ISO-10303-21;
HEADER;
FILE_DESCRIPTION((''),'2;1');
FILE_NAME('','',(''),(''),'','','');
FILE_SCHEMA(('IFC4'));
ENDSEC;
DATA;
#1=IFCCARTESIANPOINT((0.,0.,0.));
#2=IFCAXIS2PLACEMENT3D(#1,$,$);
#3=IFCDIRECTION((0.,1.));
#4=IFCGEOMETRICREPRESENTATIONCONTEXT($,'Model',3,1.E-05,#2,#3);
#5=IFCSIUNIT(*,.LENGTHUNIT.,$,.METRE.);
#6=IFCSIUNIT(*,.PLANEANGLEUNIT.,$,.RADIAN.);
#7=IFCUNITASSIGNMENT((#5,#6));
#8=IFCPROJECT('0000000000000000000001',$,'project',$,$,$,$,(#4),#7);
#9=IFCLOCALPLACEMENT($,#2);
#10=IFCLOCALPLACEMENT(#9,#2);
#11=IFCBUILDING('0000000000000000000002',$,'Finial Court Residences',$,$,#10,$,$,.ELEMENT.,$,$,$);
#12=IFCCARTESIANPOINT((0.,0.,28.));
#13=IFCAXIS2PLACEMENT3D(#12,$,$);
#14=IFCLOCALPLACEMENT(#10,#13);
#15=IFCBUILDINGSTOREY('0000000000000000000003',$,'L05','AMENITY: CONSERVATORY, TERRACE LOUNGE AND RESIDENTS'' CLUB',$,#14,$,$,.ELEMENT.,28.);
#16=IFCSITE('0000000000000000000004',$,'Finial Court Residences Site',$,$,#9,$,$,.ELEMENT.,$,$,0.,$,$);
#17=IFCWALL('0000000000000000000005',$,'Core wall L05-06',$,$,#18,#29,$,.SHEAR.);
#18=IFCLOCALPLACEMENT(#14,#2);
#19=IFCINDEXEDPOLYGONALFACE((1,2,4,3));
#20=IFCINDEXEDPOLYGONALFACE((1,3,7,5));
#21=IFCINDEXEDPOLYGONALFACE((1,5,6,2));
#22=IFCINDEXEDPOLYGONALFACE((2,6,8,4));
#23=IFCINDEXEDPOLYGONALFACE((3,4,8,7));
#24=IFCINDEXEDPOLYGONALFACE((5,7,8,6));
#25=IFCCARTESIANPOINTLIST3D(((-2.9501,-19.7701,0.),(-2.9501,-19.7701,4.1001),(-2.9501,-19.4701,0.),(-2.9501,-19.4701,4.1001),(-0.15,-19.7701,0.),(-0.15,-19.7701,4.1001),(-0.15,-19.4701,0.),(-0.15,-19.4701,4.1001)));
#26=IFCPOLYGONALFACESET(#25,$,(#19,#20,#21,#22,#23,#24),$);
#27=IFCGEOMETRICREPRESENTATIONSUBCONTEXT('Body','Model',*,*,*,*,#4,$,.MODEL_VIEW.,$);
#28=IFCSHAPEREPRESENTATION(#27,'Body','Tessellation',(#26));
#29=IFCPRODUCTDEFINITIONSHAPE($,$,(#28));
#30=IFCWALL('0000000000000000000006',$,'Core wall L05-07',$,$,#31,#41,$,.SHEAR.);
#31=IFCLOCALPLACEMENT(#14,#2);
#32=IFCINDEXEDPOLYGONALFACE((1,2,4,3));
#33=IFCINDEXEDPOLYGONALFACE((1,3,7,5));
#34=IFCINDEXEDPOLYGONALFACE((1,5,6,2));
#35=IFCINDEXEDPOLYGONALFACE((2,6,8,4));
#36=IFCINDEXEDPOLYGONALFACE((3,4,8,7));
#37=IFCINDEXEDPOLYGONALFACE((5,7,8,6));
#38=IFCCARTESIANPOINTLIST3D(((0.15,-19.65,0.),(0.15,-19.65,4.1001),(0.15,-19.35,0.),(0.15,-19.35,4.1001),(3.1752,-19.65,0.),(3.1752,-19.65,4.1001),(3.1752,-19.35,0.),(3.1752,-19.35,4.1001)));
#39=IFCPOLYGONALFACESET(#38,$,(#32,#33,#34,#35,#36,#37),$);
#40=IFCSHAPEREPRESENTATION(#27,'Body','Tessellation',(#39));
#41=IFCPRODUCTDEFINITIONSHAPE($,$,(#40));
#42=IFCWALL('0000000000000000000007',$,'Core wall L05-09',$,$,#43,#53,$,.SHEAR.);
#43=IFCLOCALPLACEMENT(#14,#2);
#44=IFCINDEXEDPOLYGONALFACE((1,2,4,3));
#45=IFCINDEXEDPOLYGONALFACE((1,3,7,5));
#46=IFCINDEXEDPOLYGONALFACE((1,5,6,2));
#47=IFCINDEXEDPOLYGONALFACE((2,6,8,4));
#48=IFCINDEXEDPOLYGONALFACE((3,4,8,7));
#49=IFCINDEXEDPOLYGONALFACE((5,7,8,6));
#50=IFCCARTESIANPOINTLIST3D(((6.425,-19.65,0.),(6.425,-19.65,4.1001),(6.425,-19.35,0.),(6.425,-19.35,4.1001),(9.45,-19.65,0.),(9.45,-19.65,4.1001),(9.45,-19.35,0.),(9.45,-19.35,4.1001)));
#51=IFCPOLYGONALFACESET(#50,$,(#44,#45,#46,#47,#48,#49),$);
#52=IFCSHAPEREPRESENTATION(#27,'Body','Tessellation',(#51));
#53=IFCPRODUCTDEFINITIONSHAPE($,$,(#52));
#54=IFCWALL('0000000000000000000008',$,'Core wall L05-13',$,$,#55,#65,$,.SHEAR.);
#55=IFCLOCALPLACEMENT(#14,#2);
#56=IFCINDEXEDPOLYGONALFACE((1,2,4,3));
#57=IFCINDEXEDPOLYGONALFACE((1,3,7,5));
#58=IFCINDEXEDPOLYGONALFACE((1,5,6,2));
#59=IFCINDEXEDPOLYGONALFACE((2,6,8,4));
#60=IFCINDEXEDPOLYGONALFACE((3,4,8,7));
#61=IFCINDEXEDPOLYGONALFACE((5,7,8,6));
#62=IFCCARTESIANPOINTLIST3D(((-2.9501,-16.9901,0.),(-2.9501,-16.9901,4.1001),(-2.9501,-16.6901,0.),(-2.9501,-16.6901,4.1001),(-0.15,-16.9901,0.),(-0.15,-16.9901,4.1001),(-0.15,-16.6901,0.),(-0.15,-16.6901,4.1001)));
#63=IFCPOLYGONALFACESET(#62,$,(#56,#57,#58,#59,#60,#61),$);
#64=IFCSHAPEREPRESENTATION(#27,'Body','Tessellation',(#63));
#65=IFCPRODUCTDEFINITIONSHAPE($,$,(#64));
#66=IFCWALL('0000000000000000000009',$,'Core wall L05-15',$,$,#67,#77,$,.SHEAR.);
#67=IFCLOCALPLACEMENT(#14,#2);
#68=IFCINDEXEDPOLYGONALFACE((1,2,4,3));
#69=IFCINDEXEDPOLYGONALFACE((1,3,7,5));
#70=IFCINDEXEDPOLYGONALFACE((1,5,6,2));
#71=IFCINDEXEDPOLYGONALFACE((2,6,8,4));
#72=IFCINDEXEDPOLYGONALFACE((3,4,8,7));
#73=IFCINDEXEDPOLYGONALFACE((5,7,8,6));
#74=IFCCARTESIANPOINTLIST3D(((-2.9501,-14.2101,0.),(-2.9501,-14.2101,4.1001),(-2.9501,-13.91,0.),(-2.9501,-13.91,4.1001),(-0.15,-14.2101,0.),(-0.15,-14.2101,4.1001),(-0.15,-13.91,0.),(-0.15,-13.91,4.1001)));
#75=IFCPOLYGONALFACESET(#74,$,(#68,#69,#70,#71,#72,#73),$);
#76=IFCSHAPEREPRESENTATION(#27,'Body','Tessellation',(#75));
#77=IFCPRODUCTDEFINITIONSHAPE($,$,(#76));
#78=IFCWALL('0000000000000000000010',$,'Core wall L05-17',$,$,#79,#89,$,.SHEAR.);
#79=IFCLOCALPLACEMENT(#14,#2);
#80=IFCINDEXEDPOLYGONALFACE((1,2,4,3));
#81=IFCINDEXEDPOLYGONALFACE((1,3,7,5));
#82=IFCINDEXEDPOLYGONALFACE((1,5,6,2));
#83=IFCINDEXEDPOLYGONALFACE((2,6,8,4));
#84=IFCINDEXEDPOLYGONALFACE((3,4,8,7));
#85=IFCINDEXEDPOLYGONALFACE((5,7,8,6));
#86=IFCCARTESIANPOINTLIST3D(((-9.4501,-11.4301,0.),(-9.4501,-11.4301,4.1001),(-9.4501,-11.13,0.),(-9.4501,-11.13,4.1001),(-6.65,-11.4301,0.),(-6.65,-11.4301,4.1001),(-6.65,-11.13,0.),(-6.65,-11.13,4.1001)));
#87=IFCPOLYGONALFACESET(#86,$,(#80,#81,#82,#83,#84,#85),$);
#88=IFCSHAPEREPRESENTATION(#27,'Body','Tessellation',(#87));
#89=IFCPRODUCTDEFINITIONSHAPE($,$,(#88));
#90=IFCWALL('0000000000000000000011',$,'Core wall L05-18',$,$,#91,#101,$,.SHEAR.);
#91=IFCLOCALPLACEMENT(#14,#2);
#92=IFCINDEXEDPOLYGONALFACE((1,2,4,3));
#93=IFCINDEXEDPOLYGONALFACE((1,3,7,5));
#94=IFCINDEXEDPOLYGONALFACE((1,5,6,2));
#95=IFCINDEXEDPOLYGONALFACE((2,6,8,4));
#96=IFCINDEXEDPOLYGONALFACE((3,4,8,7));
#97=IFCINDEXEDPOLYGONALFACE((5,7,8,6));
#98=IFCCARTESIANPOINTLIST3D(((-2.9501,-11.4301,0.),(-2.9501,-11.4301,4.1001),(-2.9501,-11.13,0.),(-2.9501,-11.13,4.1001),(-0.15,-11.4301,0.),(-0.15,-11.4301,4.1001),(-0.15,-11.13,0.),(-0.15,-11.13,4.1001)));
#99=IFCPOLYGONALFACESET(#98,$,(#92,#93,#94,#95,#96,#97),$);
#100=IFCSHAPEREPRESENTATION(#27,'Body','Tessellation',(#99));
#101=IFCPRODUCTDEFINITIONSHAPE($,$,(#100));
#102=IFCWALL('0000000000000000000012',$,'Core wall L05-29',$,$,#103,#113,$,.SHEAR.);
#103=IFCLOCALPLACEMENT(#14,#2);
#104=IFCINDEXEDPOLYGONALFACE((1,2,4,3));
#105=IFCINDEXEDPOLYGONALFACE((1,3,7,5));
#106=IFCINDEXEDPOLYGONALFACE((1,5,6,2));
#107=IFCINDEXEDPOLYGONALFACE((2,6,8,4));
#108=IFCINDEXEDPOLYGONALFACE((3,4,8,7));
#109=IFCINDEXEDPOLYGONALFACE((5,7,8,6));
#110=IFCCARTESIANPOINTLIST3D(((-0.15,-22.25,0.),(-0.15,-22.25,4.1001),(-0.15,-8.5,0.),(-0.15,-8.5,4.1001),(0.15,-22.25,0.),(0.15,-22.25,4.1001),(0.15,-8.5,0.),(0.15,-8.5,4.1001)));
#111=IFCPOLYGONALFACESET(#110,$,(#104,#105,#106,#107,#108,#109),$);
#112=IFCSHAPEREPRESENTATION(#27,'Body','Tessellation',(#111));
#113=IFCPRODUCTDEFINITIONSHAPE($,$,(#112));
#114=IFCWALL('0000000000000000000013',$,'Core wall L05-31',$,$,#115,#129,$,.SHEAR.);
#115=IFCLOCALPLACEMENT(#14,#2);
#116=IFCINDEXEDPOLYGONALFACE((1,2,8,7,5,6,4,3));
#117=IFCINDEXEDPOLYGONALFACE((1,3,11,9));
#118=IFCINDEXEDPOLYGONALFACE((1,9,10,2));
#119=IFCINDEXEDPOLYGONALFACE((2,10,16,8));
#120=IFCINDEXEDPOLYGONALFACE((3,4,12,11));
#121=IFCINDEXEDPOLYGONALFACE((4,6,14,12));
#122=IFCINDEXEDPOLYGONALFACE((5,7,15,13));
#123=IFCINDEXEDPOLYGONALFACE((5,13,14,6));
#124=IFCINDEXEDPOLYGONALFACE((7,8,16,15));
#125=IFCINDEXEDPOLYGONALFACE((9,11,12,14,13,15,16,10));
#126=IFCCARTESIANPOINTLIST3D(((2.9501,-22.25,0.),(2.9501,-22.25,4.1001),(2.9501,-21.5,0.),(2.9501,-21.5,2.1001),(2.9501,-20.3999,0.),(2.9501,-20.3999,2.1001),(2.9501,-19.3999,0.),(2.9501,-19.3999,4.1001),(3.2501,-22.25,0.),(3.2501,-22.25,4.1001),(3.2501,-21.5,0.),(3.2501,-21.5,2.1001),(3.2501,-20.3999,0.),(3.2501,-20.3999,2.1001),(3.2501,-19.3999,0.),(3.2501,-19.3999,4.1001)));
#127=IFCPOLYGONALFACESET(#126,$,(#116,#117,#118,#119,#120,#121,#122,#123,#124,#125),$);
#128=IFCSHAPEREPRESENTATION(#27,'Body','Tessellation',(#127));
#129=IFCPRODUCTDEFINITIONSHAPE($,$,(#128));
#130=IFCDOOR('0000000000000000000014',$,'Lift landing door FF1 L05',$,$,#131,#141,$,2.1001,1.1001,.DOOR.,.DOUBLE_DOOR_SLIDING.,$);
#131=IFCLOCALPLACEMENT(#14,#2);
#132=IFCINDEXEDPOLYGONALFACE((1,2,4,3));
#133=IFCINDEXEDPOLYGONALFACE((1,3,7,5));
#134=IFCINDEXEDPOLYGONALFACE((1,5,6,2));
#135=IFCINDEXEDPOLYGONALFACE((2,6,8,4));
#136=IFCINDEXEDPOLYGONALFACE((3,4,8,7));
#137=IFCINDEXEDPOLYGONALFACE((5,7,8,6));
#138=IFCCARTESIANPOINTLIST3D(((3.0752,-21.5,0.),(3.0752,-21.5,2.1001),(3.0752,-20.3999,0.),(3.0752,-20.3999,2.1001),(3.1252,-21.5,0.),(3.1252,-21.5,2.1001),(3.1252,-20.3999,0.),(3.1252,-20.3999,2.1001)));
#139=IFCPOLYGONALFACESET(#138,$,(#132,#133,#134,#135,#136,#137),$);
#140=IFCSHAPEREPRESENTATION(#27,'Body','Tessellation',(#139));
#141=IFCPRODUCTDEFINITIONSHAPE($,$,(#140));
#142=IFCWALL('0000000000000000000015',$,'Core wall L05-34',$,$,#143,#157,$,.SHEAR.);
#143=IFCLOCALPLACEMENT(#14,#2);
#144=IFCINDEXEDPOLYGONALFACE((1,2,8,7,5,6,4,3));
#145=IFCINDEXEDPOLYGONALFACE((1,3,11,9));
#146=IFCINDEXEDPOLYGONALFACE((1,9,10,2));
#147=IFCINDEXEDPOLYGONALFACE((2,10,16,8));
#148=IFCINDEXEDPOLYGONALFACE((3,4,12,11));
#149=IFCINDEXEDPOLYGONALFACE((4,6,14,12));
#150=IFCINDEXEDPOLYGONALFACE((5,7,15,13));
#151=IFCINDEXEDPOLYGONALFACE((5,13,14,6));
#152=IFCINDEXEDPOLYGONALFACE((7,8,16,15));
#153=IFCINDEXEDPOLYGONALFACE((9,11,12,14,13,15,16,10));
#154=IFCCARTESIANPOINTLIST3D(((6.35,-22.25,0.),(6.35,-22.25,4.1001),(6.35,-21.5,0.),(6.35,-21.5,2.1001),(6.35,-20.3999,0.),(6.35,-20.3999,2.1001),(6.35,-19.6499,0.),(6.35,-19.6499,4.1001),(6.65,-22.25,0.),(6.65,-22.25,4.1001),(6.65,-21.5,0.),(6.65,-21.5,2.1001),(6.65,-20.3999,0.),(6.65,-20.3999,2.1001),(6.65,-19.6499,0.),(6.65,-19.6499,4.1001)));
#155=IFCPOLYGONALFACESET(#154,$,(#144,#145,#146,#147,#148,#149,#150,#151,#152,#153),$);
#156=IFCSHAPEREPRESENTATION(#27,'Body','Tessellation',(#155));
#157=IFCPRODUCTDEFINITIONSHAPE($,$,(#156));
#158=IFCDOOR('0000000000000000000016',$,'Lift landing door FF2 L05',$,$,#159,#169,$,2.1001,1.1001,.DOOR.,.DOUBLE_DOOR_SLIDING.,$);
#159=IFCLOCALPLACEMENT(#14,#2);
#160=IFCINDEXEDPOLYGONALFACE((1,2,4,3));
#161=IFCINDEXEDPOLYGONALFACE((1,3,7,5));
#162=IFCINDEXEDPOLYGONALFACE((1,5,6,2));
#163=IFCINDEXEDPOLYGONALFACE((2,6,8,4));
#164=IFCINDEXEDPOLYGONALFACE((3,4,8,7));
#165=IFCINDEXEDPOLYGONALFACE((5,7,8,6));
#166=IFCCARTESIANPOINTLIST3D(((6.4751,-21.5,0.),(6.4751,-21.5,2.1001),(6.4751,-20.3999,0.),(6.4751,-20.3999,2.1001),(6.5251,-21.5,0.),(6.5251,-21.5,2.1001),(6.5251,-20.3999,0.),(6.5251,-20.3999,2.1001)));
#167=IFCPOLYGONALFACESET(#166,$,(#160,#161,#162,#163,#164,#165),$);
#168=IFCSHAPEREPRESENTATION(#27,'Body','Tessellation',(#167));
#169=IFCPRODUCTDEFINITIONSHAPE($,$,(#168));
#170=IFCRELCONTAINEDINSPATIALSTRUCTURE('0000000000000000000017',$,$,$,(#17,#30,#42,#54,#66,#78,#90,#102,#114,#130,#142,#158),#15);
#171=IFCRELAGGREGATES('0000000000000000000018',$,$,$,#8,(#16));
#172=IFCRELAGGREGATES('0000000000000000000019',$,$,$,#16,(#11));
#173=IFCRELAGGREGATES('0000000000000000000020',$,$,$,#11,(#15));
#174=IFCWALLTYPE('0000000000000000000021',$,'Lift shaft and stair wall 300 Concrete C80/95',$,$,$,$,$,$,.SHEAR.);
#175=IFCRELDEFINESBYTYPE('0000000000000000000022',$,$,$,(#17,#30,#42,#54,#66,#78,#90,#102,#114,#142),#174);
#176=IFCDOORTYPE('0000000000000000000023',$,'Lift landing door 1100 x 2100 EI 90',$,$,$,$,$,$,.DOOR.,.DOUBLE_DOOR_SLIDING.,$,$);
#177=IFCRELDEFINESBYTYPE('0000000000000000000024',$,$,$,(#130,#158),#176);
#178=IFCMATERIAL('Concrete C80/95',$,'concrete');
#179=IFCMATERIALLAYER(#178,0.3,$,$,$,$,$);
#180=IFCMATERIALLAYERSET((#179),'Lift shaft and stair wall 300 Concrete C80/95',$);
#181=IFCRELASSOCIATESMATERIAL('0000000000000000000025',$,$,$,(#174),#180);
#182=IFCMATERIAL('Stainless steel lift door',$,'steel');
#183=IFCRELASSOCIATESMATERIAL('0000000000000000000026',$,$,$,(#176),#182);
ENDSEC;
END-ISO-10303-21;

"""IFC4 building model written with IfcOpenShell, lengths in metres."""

from ifc_helpers import new_model, si_unit, direction, frame, frame_2d, origin, place, context, subcontext, project, spatial, rectangle, extrude, material, layer, layer_set, type_object, element, fill, save


model = new_model("IFC4")

# Units and contexts
model_context = context("Model", 3, precision=1e-05, world=origin(), true_north=direction((0.0, 1.0)))
body_context = subcontext(model_context, "Body", "Model", "MODEL_VIEW")
ifc_project = project(units=[si_unit("LENGTHUNIT", "METRE"), si_unit("PLANEANGLEUNIT", "RADIAN")], contexts=[model_context])

# Site, building, storey
site_placement = place(None, origin())
site = spatial("IfcSite", under=ifc_project, at=site_placement, Name="Finial Court Residences Site", CompositionType="ELEMENT", RefElevation=0.0)
building_placement = place(site_placement, origin())
building = spatial("IfcBuilding", under=site, at=building_placement, Name="Finial Court Residences", CompositionType="ELEMENT")
storey_placement = place(building_placement, frame((0.0, 0.0, 28.0)))
storey = spatial("IfcBuildingStorey", under=building, at=storey_placement, Name="L05", Description="AMENITY: CONSERVATORY, TERRACE LOUNGE AND RESIDENTS' CLUB", CompositionType="ELEMENT", Elevation=28.0)

# Shared definitions
ifc_material_1 = material(Name="Concrete C80/95", Category="concrete")

# Walls
ifc_layer_1 = layer(ifc_material_1, 0.3)
ifc_layer_set_1 = layer_set([ifc_layer_1], Name="Lift shaft and stair wall 300 Concrete C80/95")
wall_type_1 = type_object("IfcWallType", Name="Lift shaft and stair wall 300 Concrete C80/95", PredefinedType="SHEAR", material=ifc_layer_set_1)
wall_1_placement = place(storey_placement, frame((-2.95, -19.6201, 0.0), z_axis=(0.0, 0.0, 1.0), x_axis=(1.0, 0.0, 0.0)))
element("IfcWall", 1, at=wall_1_placement, inside=storey, type_object=wall_type_1, Name="Core wall L05-06", PredefinedType="SHEAR", context=body_context, shape_type="SweptSolid", body=[
    extrude(rectangle(XDim=2.8, YDim=0.3, at=frame_2d((1.3999, 0.0))), origin(), (0.0, 0.0, 1.0), 4.1001),
])
wall_2_placement = place(storey_placement, frame((0.1499, -19.5, 0.0), z_axis=(0.0, 0.0, 1.0), x_axis=(1.0, 0.0, 0.0)))
element("IfcWall", 2, at=wall_2_placement, inside=storey, type_object=wall_type_1, Name="Core wall L05-07", PredefinedType="SHEAR", context=body_context, shape_type="SweptSolid", body=[
    extrude(rectangle(XDim=3.0251, YDim=0.3, at=frame_2d((1.5127, 0.0))), origin(), (0.0, 0.0, 1.0), 4.1001),
])
wall_3_placement = place(storey_placement, frame((6.425, -19.5, 0.0), z_axis=(0.0, 0.0, 1.0), x_axis=(1.0, 0.0, 0.0)))
element("IfcWall", 3, at=wall_3_placement, inside=storey, type_object=wall_type_1, Name="Core wall L05-09", PredefinedType="SHEAR", context=body_context, shape_type="SweptSolid", body=[
    extrude(rectangle(XDim=3.0249, YDim=0.3, at=frame_2d((1.5125, 0.0))), origin(), (0.0, 0.0, 1.0), 4.1001),
])
for number, where, z_axis, x_axis, name in (
    (4, (-2.95, -16.8401, 0.0), (0.0, 0.0, 1.0), (1.0, 0.0, 0.0), "Core wall L05-13"),
    (5, (-2.95, -14.0601, 0.0), (0.0, 0.0, 1.0), (1.0, 0.0, 0.0), "Core wall L05-15"),
    (6, (-9.45, -11.28, 0.0), (0.0, 0.0, 1.0), (1.0, 0.0, 0.0), "Core wall L05-17"),
    (7, (-2.95, -11.28, 0.0), (0.0, 0.0, 1.0), (1.0, 0.0, 0.0), "Core wall L05-18"),
):
    element("IfcWall", number, at=place(storey_placement, frame(where, z_axis=z_axis, x_axis=x_axis)), inside=storey, type_object=wall_type_1, Name=name, PredefinedType="SHEAR", context=body_context, shape_type="SweptSolid", body=[
        extrude(rectangle(XDim=2.8, YDim=0.3, at=frame_2d((1.3999, 0.0))), origin(), (0.0, 0.0, 1.0), 4.1001),
    ])
wall_4_placement = place(storey_placement, frame((0.0, -22.25, 0.0), z_axis=(0.0, 0.0, 1.0), x_axis=(0.0, 1.0, 0.0)))
element("IfcWall", 8, at=wall_4_placement, inside=storey, type_object=wall_type_1, Name="Core wall L05-29", PredefinedType="SHEAR", context=body_context, shape_type="SweptSolid", body=[
    extrude(rectangle(XDim=13.75, YDim=0.3, at=frame_2d((6.875, 0.0))), origin(), (0.0, 0.0, 1.0), 4.1001),
])

# Walls, openings, doors
wall_5_placement = place(storey_placement, frame((3.1001, -22.25, 0.0), z_axis=(0.0, 0.0, 1.0), x_axis=(0.0, 1.0, 0.0)))
wall_5 = element("IfcWall", 9, at=wall_5_placement, inside=storey, type_object=wall_type_1, Name="Core wall L05-31", PredefinedType="SHEAR", context=body_context, shape_type="SweptSolid", body=[
    extrude(rectangle(XDim=2.8501, YDim=0.3, at=frame_2d((1.425, 0.0))), origin(), (0.0, 0.0, 1.0), 4.1001),
])
opening_1_placement = place(wall_5_placement, frame((0.75, 0.0, 0.0)))
opening_1 = element("IfcOpeningElement", 10, at=opening_1_placement, cuts=wall_5, PredefinedType="OPENING", context=body_context, shape_type="SweptSolid", body=[
    extrude(rectangle(XDim=1.1001, YDim=2.1001, at=frame_2d((0.55, 1.05))), frame((0.0, 0.1599, 0.0), z_axis=(0.0, -1.0, 0.0), x_axis=(1.0, 0.0, 0.0)), (0.0, 0.0, 1.0), 0.3201),
])
ifc_material_2 = material(Name="Stainless steel lift door", Category="steel")
door_type_1 = type_object("IfcDoorType", Name="Lift landing door 1100 x 2100 EI 90", OperationType="DOUBLE_DOOR_SLIDING", PredefinedType="DOOR", material=ifc_material_2)
door_1_placement = place(opening_1_placement, origin())
door_1 = element("IfcDoor", 11, at=door_1_placement, inside=storey, type_object=door_type_1, Name="Lift landing door FF1 L05", OperationType="DOUBLE_DOOR_SLIDING", OverallHeight=2.1001, OverallWidth=1.1001, PredefinedType="DOOR", context=body_context, shape_type="SweptSolid", body=[
    extrude(rectangle(XDim=1.1001, YDim=2.1001, at=frame_2d((0.55, 1.05))), frame((0.0, 0.0249, 0.0), z_axis=(0.0, -1.0, 0.0), x_axis=(1.0, 0.0, 0.0)), (0.0, 0.0, 1.0), 0.05),
])
fill(opening_1, door_1)
wall_6_placement = place(storey_placement, frame((6.5, -22.25, 0.0), z_axis=(0.0, 0.0, 1.0), x_axis=(0.0, 1.0, 0.0)))
wall_6 = element("IfcWall", 12, at=wall_6_placement, inside=storey, type_object=wall_type_1, Name="Core wall L05-34", PredefinedType="SHEAR", context=body_context, shape_type="SweptSolid", body=[
    extrude(rectangle(XDim=2.6001, YDim=0.3, at=frame_2d((1.3, 0.0))), origin(), (0.0, 0.0, 1.0), 4.1001),
])
opening_2_placement = place(wall_6_placement, frame((0.75, 0.0, 0.0)))
opening_2 = element("IfcOpeningElement", 13, at=opening_2_placement, cuts=wall_6, PredefinedType="OPENING", context=body_context, shape_type="SweptSolid", body=[
    extrude(rectangle(XDim=1.1001, YDim=2.1001, at=frame_2d((0.55, 1.05))), frame((0.0, 0.1599, 0.0), z_axis=(0.0, -1.0, 0.0), x_axis=(1.0, 0.0, 0.0)), (0.0, 0.0, 1.0), 0.3201),
])
door_2_placement = place(opening_2_placement, origin())
door_2 = element("IfcDoor", 14, at=door_2_placement, inside=storey, type_object=door_type_1, Name="Lift landing door FF2 L05", OperationType="DOUBLE_DOOR_SLIDING", OverallHeight=2.1001, OverallWidth=1.1001, PredefinedType="DOOR", context=body_context, shape_type="SweptSolid", body=[
    extrude(rectangle(XDim=1.1001, YDim=2.1001, at=frame_2d((0.55, 1.05))), frame((0.0, 0.0249, 0.0), z_axis=(0.0, -1.0, 0.0), x_axis=(1.0, 0.0, 0.0)), (0.0, 0.0, 1.0), 0.05),
])
fill(opening_2, door_2)

save(model, "model.ifc")
